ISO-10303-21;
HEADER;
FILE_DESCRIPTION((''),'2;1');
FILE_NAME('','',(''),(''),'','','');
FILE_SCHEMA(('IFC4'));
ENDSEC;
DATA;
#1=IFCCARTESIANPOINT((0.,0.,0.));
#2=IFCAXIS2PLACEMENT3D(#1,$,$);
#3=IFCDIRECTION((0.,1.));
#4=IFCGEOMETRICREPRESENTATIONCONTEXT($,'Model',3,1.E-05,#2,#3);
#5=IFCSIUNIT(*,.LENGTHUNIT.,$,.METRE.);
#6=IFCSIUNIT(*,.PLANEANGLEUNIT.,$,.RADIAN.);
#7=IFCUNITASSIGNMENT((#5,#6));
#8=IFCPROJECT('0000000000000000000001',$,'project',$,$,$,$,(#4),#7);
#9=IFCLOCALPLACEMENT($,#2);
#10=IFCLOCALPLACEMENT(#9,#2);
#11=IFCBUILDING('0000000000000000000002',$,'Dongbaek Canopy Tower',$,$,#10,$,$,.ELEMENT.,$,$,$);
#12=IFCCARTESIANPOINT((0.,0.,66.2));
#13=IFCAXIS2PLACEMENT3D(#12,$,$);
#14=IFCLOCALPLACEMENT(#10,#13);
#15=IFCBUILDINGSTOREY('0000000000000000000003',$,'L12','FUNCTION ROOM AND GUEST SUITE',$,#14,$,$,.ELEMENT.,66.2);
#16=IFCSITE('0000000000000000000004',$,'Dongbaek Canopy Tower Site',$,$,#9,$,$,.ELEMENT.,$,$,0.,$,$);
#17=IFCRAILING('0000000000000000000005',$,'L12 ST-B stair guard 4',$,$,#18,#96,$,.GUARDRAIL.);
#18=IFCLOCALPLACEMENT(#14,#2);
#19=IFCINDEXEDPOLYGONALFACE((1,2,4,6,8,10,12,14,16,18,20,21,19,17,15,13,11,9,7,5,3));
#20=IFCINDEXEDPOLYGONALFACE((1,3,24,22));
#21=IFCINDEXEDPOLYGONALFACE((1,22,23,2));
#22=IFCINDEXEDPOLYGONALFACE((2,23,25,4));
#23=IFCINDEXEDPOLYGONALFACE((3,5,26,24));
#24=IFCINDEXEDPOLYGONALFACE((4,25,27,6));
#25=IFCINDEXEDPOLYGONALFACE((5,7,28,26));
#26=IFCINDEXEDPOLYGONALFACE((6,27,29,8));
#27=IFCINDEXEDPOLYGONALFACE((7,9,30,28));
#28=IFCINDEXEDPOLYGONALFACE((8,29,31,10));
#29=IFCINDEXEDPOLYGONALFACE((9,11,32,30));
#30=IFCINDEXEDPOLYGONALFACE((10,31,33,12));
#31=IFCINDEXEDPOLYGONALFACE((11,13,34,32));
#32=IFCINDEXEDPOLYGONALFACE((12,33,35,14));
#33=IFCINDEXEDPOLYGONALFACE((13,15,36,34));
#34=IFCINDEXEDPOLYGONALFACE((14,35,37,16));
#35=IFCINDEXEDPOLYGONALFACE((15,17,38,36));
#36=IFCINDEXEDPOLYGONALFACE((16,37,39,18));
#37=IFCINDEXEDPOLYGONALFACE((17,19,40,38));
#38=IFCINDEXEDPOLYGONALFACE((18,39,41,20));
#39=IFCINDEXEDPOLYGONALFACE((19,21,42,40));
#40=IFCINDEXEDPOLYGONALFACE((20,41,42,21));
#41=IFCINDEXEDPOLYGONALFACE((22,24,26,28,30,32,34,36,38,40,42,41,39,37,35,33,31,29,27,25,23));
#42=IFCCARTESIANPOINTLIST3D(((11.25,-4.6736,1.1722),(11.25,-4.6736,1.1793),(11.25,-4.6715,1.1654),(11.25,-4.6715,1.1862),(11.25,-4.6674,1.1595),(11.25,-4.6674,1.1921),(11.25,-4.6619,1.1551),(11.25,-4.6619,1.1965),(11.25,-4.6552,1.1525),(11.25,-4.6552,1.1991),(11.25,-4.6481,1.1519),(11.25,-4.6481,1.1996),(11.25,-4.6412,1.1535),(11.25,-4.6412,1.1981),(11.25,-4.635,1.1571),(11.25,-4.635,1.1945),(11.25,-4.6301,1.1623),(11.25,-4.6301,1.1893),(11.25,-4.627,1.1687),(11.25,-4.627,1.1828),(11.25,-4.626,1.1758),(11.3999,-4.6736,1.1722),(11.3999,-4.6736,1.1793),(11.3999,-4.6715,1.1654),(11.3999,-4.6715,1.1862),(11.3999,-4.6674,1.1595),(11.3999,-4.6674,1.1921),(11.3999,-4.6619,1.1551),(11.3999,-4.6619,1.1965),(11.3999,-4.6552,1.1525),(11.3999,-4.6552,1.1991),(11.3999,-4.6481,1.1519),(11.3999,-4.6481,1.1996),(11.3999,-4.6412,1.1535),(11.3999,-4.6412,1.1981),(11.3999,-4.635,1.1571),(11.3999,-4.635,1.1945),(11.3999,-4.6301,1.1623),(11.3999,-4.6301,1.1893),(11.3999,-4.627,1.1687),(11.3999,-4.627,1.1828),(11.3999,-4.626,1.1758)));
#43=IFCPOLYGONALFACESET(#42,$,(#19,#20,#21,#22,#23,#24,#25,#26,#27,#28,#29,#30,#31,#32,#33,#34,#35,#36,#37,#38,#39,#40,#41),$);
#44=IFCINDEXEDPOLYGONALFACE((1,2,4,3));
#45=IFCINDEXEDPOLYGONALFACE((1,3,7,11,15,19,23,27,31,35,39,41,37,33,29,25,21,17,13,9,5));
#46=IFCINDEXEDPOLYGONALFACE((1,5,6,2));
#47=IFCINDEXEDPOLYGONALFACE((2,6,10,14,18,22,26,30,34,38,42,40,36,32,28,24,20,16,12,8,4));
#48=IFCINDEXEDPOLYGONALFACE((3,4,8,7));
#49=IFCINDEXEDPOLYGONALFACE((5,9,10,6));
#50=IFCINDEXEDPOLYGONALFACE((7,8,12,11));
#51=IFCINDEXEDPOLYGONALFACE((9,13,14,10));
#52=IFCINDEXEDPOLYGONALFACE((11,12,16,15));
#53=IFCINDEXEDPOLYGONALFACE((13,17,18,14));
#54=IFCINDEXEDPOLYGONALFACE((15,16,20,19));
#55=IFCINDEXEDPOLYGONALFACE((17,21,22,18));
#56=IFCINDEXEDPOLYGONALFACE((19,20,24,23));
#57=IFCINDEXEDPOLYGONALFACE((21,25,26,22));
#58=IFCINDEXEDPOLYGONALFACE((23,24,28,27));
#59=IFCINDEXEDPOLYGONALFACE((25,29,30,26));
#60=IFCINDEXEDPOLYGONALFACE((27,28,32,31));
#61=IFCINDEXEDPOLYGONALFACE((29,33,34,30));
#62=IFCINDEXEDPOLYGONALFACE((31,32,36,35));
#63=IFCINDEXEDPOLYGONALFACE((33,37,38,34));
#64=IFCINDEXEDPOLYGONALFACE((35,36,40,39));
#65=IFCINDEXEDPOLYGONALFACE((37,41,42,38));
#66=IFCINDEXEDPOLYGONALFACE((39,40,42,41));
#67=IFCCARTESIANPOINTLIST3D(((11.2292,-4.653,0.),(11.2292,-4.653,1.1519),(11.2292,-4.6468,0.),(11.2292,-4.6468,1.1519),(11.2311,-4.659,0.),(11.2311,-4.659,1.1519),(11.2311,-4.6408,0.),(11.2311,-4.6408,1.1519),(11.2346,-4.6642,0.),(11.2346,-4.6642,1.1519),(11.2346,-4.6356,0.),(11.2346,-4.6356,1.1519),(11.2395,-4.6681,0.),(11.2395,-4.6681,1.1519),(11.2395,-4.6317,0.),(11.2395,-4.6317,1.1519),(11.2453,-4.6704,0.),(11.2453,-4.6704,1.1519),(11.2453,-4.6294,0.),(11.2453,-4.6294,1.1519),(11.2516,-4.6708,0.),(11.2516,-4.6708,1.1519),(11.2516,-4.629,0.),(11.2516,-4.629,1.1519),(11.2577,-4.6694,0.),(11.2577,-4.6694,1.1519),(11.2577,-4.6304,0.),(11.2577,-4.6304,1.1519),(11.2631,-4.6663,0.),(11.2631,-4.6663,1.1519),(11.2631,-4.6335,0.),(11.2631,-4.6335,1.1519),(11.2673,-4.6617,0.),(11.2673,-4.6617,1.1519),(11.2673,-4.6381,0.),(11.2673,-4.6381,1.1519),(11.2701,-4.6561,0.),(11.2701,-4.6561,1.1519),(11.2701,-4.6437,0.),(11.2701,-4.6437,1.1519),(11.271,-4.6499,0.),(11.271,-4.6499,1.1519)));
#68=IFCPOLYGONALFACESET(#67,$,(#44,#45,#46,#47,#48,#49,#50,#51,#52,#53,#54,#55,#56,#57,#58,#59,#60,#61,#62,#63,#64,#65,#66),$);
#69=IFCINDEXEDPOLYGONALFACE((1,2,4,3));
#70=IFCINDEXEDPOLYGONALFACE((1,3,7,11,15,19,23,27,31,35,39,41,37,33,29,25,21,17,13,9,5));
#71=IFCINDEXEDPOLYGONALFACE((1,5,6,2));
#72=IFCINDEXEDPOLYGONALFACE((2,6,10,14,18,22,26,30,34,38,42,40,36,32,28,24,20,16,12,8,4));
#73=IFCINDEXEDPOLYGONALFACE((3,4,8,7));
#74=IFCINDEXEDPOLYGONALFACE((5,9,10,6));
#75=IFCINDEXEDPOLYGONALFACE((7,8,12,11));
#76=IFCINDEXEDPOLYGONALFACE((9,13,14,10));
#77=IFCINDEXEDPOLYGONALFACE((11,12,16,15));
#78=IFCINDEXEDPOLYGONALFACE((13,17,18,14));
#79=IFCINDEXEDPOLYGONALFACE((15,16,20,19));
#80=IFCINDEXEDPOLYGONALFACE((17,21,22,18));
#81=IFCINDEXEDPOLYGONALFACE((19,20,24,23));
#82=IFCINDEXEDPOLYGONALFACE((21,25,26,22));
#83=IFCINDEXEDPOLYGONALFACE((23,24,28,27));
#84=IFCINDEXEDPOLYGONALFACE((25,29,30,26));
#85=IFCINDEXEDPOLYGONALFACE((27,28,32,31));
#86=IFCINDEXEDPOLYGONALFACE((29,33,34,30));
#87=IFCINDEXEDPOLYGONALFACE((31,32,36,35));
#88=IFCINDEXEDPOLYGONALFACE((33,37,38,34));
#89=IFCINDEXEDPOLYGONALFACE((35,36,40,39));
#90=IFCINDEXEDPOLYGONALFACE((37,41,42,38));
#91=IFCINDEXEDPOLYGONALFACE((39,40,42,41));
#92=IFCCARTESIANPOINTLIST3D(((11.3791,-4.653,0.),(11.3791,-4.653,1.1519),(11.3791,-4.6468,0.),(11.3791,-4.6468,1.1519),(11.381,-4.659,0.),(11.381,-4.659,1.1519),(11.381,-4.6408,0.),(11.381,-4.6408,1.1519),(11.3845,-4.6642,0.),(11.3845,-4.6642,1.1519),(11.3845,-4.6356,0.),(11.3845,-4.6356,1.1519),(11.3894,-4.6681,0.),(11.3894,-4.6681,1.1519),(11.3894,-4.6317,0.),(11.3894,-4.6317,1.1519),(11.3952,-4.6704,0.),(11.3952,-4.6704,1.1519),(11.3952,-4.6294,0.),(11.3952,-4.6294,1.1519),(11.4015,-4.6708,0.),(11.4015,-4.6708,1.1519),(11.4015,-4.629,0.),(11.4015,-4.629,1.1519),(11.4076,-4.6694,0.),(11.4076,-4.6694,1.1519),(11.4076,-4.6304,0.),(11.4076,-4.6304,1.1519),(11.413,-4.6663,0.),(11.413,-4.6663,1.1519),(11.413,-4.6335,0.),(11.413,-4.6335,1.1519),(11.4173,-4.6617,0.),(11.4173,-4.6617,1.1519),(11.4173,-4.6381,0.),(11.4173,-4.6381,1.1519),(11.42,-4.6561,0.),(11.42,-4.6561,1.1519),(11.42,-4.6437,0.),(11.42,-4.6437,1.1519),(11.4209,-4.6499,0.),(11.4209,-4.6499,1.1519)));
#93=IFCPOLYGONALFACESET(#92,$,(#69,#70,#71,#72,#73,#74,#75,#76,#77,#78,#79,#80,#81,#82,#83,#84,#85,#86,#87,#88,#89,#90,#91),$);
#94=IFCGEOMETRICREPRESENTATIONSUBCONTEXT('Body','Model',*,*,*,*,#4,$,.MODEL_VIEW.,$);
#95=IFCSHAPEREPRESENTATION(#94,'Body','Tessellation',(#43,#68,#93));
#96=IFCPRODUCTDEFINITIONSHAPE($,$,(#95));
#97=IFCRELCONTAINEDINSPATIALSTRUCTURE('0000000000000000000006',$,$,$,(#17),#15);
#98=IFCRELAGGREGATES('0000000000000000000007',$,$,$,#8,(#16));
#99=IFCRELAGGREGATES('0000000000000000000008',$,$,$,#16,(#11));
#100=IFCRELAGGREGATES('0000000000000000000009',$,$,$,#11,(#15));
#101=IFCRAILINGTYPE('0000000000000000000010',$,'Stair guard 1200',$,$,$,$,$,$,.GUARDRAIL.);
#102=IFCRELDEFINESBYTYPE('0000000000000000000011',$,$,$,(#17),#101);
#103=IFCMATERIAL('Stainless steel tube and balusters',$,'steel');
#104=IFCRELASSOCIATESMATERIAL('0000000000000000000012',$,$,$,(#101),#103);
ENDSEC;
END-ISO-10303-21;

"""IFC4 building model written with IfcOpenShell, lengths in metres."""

from ifc_helpers import new_model, si_unit, direction, frame, origin, origin_2d, place, context, subcontext, project, spatial, circle, extrude, material, type_object, element, save


model = new_model("IFC4")

# Units and contexts
model_context = context("Model", 3, precision=1e-05, world=origin(), true_north=direction((0.0, 1.0)))
body_context = subcontext(model_context, "Body", "Model", "MODEL_VIEW")
ifc_project = project(units=[si_unit("LENGTHUNIT", "METRE"), si_unit("PLANEANGLEUNIT", "RADIAN")], contexts=[model_context])

# Site, building, storey
site_placement = place(None, origin())
site = spatial("IfcSite", under=ifc_project, at=site_placement, Name="Dongbaek Canopy Tower Site", CompositionType="ELEMENT", RefElevation=0.0)
building_placement = place(site_placement, origin())
building = spatial("IfcBuilding", under=site, at=building_placement, Name="Dongbaek Canopy Tower", CompositionType="ELEMENT")
storey_placement = place(building_placement, frame((0.0, 0.0, 66.2)))
storey = spatial("IfcBuildingStorey", under=building, at=storey_placement, Name="L12", Description="FUNCTION ROOM AND GUEST SUITE", CompositionType="ELEMENT", Elevation=66.2)

# Railing
ifc_material_1 = material(Name="Stainless steel tube and balusters", Category="steel")
railing_type_1 = type_object("IfcRailingType", Name="Stair guard 1200", PredefinedType="GUARDRAIL", material=ifc_material_1)
railing_1_placement = place(storey_placement, frame((11.25, -4.6499, 0.0)))
element("IfcRailing", 1, at=railing_1_placement, inside=storey, type_object=railing_type_1, Name="L12 ST-B stair guard 4", PredefinedType="GUARDRAIL", context=body_context, shape_type="SweptSolid", body=[
    extrude(circle(Radius=0.0239, at=origin_2d()), frame((0.0, 0.0, 1.1758), z_axis=(1.0, 0.0, 0.0), x_axis=(0.0, 1.0, 0.0)), (0.0, 0.0, 1.0), 0.1499),
    extrude(circle(Radius=0.021, at=origin_2d()), origin(), (0.0, 0.0, 1.0), 1.1519),
    extrude(circle(Radius=0.021, at=origin_2d()), frame((0.1499, 0.0, 0.0)), (0.0, 0.0, 1.0), 1.1519),
])

save(model, "model.ifc")
